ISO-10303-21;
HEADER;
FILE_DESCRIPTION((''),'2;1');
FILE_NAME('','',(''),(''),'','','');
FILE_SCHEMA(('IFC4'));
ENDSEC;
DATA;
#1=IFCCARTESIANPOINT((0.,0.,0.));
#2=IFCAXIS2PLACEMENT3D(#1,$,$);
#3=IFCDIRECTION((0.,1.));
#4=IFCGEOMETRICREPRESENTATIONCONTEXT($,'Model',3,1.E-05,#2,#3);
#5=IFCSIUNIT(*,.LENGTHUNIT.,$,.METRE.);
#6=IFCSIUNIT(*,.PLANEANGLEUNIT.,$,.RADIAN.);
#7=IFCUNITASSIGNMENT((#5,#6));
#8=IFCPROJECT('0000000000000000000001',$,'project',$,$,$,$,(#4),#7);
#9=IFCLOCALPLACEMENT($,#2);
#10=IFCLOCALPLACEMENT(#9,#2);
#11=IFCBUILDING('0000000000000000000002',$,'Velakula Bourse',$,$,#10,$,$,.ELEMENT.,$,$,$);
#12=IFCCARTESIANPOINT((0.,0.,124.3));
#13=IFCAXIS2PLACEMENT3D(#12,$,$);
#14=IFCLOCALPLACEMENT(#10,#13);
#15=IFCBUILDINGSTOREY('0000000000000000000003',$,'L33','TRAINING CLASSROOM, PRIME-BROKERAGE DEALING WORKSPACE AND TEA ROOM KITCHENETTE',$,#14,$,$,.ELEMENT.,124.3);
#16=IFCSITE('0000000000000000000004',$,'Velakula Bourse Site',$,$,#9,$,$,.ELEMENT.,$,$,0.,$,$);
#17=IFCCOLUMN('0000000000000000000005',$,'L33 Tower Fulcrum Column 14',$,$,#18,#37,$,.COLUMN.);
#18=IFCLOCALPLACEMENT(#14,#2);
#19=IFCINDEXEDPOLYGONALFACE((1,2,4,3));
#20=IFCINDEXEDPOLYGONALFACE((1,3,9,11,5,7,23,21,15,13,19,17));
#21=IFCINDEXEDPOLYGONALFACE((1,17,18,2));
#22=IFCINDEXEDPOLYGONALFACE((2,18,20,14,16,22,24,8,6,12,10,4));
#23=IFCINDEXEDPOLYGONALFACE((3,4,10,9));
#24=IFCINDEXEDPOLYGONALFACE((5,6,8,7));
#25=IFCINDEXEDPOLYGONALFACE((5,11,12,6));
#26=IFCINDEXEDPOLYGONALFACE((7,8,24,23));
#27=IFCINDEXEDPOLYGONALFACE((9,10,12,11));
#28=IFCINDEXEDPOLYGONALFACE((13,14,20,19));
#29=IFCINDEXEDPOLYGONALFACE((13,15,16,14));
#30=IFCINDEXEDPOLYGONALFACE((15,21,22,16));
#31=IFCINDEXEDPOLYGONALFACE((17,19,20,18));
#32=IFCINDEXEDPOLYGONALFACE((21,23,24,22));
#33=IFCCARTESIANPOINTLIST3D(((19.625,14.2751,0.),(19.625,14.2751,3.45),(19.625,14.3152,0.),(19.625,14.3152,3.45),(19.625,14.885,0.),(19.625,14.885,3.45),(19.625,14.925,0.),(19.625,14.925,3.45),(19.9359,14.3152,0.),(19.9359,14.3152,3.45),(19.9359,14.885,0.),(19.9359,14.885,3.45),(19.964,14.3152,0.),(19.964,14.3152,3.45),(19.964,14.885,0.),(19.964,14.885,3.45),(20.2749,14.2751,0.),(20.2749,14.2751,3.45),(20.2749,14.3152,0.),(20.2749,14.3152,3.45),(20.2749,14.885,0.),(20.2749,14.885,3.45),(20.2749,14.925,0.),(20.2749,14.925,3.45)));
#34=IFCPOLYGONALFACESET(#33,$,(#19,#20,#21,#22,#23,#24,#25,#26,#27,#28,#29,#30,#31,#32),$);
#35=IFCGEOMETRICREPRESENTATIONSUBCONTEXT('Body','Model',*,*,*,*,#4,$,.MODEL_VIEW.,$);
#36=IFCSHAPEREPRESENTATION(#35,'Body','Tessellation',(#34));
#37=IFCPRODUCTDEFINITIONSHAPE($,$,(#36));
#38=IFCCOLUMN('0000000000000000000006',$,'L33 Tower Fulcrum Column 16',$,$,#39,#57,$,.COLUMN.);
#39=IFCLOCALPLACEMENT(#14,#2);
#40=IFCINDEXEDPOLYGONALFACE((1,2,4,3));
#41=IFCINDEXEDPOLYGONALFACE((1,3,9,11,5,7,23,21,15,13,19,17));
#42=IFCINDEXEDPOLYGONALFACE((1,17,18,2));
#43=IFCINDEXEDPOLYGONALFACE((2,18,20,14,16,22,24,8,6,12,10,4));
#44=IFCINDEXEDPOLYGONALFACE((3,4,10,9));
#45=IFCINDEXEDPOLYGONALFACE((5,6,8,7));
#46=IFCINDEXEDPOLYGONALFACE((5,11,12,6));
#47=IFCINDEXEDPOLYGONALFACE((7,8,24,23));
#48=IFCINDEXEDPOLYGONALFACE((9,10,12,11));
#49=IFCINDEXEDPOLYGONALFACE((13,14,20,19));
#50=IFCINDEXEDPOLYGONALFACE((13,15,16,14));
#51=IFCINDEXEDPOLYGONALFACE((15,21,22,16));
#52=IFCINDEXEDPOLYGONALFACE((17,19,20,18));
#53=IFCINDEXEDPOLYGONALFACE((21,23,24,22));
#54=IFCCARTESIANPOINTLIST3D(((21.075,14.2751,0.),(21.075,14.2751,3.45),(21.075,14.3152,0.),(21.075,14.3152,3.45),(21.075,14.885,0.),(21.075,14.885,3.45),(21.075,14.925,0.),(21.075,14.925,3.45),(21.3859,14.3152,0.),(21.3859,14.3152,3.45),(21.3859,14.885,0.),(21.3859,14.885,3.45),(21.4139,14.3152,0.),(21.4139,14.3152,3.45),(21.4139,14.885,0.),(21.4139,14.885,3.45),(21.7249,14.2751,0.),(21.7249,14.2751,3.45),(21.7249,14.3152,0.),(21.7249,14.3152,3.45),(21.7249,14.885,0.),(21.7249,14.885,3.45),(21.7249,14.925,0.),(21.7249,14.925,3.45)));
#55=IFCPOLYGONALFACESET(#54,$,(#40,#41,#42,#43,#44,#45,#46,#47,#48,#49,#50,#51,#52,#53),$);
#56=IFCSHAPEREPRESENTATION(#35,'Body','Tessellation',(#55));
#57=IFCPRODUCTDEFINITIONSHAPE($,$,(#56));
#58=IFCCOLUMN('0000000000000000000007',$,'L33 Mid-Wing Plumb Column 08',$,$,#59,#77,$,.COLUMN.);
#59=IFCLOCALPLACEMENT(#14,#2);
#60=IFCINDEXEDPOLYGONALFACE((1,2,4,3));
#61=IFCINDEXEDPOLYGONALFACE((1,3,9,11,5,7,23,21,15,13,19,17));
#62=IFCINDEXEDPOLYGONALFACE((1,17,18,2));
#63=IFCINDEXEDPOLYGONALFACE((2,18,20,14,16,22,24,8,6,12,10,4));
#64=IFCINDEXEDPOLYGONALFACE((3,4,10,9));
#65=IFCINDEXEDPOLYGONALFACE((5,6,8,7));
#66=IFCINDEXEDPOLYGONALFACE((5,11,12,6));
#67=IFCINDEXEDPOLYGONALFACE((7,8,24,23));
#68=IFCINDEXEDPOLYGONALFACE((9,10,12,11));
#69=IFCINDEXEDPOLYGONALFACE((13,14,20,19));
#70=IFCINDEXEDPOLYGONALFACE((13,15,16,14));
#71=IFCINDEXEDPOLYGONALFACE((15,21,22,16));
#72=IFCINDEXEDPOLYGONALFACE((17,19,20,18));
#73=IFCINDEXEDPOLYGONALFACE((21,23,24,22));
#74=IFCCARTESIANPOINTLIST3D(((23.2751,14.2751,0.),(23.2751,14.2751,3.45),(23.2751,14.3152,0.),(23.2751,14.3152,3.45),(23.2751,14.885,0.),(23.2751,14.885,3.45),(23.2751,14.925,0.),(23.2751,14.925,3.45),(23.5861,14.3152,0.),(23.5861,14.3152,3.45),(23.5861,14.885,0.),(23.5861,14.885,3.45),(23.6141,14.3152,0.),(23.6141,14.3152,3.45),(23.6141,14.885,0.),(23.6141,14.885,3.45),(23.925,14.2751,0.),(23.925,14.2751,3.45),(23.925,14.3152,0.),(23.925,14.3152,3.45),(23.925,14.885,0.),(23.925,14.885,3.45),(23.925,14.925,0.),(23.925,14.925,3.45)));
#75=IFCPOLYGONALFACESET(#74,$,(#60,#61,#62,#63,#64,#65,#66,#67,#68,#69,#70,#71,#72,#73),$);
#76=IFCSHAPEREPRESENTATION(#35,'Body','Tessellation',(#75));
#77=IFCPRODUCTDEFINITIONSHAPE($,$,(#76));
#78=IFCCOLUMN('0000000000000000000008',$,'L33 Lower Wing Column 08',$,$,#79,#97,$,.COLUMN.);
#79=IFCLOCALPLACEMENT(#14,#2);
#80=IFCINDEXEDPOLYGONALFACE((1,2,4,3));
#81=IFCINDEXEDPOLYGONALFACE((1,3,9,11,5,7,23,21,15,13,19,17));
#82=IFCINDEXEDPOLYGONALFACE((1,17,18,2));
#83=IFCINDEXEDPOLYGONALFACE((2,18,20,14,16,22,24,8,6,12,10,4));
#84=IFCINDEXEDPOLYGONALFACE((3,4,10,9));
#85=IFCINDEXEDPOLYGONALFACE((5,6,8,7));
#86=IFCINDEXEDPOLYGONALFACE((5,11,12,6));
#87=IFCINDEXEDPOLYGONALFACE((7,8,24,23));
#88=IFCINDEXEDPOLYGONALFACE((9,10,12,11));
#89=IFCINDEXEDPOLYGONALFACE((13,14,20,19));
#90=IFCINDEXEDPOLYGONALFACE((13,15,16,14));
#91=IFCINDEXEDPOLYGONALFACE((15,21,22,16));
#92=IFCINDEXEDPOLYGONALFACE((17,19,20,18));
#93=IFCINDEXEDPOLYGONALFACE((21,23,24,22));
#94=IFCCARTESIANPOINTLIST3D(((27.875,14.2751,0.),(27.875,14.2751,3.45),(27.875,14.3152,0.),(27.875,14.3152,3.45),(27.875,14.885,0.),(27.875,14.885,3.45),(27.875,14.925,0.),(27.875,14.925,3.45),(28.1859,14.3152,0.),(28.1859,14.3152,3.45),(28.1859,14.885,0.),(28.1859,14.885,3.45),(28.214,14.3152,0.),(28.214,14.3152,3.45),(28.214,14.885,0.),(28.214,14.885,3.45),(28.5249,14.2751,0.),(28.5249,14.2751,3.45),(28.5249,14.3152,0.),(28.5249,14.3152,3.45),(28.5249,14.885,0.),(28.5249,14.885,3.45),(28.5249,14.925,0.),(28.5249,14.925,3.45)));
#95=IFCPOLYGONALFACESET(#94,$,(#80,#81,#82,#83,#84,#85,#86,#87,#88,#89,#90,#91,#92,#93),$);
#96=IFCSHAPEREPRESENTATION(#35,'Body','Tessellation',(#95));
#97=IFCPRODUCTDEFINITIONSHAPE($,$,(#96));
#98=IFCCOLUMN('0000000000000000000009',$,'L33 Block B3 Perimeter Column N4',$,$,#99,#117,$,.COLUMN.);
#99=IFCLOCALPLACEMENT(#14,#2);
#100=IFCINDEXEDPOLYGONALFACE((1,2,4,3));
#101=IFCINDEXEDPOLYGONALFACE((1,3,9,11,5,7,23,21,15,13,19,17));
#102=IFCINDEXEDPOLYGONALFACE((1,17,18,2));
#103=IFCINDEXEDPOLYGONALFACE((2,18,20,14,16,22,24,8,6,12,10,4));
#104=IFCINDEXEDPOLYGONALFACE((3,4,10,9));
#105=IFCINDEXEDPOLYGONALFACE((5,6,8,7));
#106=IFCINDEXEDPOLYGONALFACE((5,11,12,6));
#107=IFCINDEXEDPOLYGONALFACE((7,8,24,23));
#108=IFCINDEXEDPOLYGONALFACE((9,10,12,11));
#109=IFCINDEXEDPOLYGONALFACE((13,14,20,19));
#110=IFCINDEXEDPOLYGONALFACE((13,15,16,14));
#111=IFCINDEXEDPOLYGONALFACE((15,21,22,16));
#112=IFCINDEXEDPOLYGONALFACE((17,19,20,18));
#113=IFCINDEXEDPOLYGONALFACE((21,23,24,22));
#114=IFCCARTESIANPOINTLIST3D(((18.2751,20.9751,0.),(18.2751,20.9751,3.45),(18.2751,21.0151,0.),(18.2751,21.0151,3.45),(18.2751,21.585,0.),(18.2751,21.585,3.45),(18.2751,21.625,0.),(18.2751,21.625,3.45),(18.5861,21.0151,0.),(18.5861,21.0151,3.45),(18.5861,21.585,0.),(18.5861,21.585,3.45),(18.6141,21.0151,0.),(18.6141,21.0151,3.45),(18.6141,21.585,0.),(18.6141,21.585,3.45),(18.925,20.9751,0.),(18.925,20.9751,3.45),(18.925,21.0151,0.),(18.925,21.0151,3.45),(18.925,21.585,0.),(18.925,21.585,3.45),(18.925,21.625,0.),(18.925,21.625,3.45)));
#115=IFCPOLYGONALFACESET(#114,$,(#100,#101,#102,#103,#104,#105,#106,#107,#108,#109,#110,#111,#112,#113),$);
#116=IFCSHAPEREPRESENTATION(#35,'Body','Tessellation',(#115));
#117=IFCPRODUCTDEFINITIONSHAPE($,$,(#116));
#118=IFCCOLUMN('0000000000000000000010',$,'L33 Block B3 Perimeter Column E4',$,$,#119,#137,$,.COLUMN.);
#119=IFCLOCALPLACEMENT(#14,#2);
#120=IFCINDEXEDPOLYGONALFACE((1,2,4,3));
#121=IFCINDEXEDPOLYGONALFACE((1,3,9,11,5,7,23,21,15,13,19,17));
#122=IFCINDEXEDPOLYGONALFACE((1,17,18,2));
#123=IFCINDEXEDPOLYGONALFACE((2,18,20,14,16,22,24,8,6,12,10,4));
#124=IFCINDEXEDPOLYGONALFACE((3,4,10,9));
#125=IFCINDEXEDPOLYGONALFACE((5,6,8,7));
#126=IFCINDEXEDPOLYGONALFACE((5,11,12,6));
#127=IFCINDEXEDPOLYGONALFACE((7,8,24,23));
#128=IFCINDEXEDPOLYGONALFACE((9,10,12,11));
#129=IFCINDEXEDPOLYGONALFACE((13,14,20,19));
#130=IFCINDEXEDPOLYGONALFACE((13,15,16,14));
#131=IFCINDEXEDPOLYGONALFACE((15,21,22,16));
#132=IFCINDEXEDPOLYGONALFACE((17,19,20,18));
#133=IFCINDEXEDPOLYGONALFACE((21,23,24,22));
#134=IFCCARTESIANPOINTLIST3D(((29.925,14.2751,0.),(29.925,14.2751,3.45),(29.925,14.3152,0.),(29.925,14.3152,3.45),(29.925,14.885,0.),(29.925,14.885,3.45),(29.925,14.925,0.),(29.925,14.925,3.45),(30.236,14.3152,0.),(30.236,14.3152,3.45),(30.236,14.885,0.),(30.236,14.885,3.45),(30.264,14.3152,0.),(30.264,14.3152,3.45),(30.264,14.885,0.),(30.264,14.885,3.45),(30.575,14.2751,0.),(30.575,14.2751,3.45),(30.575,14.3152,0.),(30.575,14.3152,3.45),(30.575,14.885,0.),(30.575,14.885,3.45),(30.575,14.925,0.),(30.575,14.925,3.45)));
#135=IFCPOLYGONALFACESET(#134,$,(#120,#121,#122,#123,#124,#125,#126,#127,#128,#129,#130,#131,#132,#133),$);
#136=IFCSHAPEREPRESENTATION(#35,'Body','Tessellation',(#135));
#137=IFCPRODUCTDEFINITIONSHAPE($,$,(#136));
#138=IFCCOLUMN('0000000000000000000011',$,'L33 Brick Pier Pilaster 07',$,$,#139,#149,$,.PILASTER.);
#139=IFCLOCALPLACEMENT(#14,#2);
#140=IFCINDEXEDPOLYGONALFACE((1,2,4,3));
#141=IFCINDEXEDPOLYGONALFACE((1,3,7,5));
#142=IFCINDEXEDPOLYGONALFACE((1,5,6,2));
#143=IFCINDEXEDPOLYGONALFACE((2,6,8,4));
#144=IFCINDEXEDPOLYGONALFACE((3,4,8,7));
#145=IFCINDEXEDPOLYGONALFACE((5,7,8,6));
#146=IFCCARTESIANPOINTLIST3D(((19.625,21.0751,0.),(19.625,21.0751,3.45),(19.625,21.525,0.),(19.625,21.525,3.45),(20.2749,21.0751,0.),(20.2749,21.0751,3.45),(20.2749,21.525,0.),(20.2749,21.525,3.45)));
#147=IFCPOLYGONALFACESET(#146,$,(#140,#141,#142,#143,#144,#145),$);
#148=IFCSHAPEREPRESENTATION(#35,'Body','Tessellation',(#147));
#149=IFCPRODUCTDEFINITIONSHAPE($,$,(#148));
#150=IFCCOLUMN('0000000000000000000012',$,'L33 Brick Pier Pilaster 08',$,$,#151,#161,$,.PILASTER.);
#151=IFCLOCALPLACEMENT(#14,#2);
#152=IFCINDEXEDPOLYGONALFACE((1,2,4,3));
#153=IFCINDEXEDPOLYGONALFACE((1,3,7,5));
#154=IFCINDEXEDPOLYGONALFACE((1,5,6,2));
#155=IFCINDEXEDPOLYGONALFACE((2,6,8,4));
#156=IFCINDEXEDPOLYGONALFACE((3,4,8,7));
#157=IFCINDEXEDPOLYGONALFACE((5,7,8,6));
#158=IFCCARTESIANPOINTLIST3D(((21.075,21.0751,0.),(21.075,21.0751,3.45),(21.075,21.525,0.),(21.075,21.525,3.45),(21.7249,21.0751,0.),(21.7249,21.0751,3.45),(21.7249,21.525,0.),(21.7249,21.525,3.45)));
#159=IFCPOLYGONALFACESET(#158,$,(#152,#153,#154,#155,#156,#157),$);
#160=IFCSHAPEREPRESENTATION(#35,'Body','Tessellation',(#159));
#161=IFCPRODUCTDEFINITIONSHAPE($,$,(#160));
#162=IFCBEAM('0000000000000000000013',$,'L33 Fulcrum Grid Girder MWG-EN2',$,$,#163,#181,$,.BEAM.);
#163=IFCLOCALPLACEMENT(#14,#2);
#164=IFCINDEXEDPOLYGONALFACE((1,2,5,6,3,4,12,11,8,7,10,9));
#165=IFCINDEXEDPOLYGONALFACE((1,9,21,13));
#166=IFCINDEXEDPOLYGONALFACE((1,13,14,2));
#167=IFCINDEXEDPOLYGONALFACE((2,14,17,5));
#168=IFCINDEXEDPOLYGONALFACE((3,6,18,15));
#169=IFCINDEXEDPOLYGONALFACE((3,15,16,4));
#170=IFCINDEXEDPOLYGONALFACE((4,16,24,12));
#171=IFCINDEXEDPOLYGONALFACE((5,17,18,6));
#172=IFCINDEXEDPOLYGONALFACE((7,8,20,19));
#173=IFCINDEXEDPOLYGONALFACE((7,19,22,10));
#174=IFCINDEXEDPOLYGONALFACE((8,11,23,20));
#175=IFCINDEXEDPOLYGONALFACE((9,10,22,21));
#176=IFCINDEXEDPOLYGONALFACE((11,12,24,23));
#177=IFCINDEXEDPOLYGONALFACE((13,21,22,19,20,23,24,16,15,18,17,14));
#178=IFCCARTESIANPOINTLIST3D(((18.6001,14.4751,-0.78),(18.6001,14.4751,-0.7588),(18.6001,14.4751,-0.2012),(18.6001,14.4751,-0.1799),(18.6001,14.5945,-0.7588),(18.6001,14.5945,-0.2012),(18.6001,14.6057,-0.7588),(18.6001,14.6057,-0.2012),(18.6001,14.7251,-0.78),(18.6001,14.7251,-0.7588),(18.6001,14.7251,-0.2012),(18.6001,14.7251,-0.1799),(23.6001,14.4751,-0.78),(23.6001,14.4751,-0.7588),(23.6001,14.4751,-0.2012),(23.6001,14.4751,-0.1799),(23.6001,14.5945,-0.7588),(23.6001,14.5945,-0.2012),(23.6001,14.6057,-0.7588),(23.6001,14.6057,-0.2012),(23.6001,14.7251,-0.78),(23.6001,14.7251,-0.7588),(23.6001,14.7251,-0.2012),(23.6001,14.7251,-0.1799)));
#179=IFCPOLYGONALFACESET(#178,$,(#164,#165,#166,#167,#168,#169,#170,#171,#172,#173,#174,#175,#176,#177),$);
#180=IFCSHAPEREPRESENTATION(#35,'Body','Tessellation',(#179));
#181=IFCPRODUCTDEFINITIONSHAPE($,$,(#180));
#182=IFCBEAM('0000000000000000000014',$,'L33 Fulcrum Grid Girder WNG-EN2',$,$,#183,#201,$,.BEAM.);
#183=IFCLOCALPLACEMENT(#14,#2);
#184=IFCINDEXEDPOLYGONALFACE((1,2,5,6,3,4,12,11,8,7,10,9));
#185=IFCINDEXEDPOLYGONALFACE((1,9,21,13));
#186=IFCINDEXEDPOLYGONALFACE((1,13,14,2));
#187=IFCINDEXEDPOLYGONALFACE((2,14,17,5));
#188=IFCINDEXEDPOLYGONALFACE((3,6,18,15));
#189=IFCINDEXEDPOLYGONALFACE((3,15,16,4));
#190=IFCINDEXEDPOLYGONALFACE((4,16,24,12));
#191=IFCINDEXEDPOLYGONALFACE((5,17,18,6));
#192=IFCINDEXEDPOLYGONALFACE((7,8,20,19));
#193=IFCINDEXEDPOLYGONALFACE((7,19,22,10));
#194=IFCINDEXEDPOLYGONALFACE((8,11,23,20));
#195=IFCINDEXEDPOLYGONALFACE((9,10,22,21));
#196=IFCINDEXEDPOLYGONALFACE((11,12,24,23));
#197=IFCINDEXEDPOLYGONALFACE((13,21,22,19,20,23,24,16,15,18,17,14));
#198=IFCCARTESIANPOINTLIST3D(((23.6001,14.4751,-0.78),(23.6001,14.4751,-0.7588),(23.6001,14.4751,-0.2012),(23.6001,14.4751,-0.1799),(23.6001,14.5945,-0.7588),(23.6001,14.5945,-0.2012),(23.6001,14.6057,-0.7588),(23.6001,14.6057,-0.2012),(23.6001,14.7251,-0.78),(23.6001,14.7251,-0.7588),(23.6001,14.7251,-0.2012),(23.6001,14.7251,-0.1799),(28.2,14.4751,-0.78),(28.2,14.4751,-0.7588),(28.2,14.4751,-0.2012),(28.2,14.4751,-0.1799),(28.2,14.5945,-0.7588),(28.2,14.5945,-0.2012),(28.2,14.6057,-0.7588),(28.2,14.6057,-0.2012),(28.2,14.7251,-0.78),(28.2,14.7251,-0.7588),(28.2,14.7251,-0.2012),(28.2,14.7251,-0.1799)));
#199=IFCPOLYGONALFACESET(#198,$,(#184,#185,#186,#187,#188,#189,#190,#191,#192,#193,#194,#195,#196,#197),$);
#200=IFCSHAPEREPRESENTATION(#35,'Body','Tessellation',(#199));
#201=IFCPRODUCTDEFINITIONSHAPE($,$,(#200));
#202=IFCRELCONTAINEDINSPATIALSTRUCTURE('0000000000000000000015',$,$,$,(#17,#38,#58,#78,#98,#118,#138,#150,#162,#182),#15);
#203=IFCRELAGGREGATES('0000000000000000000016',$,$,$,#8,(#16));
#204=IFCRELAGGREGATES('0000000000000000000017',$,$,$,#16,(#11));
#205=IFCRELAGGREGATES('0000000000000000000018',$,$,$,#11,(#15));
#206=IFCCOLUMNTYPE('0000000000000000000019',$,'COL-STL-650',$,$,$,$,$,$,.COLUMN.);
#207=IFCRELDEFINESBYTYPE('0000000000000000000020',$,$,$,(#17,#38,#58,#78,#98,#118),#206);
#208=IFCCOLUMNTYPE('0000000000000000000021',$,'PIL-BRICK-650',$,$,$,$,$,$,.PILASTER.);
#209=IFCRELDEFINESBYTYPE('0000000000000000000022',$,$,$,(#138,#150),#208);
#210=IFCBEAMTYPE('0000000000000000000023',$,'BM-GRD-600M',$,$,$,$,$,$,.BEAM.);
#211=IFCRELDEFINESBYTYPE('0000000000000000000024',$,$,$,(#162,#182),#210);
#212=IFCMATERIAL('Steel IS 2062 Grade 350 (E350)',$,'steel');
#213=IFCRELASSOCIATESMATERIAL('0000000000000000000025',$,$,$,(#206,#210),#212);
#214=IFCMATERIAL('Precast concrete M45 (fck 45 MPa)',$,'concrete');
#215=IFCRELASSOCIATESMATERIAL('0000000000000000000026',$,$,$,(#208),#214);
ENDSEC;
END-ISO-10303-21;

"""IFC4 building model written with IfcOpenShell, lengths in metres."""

from ifc_helpers import new_model, si_unit, direction, frame, origin, origin_2d, place, context, subcontext, project, spatial, rectangle, i_section, extrude, material, material_profile, profile_set, type_object, element, save


model = new_model("IFC4")

# Units and contexts
model_context = context("Model", 3, precision=1e-05, world=origin(), true_north=direction((0.0, 1.0)))
body_context = subcontext(model_context, "Body", "Model", "MODEL_VIEW")
ifc_project = project(units=[si_unit("LENGTHUNIT", "METRE"), si_unit("PLANEANGLEUNIT", "RADIAN")], contexts=[model_context])

# Site, building, storey
site_placement = place(None, origin())
site = spatial("IfcSite", under=ifc_project, at=site_placement, Name="Velakula Bourse Site", CompositionType="ELEMENT", RefElevation=0.0)
building_placement = place(site_placement, origin())
building = spatial("IfcBuilding", under=site, at=building_placement, Name="Velakula Bourse", CompositionType="ELEMENT")
storey_placement = place(building_placement, frame((0.0, 0.0, 124.3)))
storey = spatial("IfcBuildingStorey", under=building, at=storey_placement, Name="L33", Description="TRAINING CLASSROOM, PRIME-BROKERAGE DEALING WORKSPACE AND TEA ROOM KITCHENETTE", CompositionType="ELEMENT", Elevation=124.3)

# Columns
ifc_material_1 = material(Name="Steel IS 2062 Grade 350 (E350)", Category="steel")
ifc_material_profile_1 = material_profile(ifc_material_1, i_section(OverallWidth=0.6499, OverallDepth=0.6499, WebThickness=0.0281, FlangeThickness=0.04, at=origin_2d()), Name="Steel IS 2062 Grade 350 (E350)")
ifc_profile_set_1 = profile_set([ifc_material_profile_1], Name="Steel IS 2062 Grade 350 (E350)")
column_type_1 = type_object("IfcColumnType", Name="COL-STL-650", PredefinedType="COLUMN", material=ifc_profile_set_1)
for number, where, z_axis, x_axis, name in (
    (1, (19.95, 14.6001, 0.0), (0.0, 0.0, 1.0), (1.0, 0.0, 0.0), "L33 Tower Fulcrum Column 14"),
    (2, (21.3999, 14.6001, 0.0), (0.0, 0.0, 1.0), (1.0, 0.0, 0.0), "L33 Tower Fulcrum Column 16"),
    (3, (23.6001, 14.6001, 0.0), (0.0, 0.0, 1.0), (1.0, 0.0, 0.0), "L33 Mid-Wing Plumb Column 08"),
    (4, (28.2, 14.6001, 0.0), (0.0, 0.0, 1.0), (1.0, 0.0, 0.0), "L33 Lower Wing Column 08"),
    (5, (18.6001, 21.3, 0.0), (0.0, 0.0, 1.0), (1.0, 0.0, 0.0), "L33 Block B3 Perimeter Column N4"),
    (6, (30.25, 14.6001, 0.0), (0.0, 0.0, 1.0), (1.0, 0.0, 0.0), "L33 Block B3 Perimeter Column E4"),
):
    element("IfcColumn", number, at=place(storey_placement, frame(where, z_axis=z_axis, x_axis=x_axis)), inside=storey, type_object=column_type_1, Name=name, PredefinedType="COLUMN", context=body_context, shape_type="SweptSolid", body=[
        extrude(i_section(OverallWidth=0.6499, OverallDepth=0.6499, WebThickness=0.0281, FlangeThickness=0.04, at=origin_2d()), origin(), (0.0, 0.0, 1.0), 3.45),
    ])
ifc_material_2 = material(Name="Precast concrete M45 (fck 45 MPa)", Category="concrete")
ifc_material_profile_2 = material_profile(ifc_material_2, rectangle(XDim=0.6499, YDim=0.45, at=origin_2d()), Name="Precast concrete M45 (fck 45 MPa)")
ifc_profile_set_2 = profile_set([ifc_material_profile_2], Name="Precast concrete M45 (fck 45 MPa)")
column_type_2 = type_object("IfcColumnType", Name="PIL-BRICK-650", PredefinedType="PILASTER", material=ifc_profile_set_2)
for number, where, z_axis, x_axis, name in (
    (7, (19.95, 21.3, 0.0), (0.0, 0.0, 1.0), (1.0, 0.0, 0.0), "L33 Brick Pier Pilaster 07"),
    (8, (21.3999, 21.3, 0.0), (0.0, 0.0, 1.0), (1.0, 0.0, 0.0), "L33 Brick Pier Pilaster 08"),
):
    element("IfcColumn", number, at=place(storey_placement, frame(where, z_axis=z_axis, x_axis=x_axis)), inside=storey, type_object=column_type_2, Name=name, PredefinedType="PILASTER", context=body_context, shape_type="SweptSolid", body=[
        extrude(rectangle(XDim=0.6499, YDim=0.45, at=origin_2d()), origin(), (0.0, 0.0, 1.0), 3.45),
    ])

# Beams
ifc_material_profile_3 = material_profile(ifc_material_1, i_section(OverallWidth=0.25, OverallDepth=0.6001, WebThickness=0.0112, FlangeThickness=0.0212, at=origin_2d()), Name="Steel IS 2062 Grade 350 (E350)")
ifc_profile_set_3 = profile_set([ifc_material_profile_3], Name="Steel IS 2062 Grade 350 (E350)")
beam_type_1 = type_object("IfcBeamType", Name="BM-GRD-600M", PredefinedType="BEAM", material=ifc_profile_set_3)
beam_1_placement = place(storey_placement, frame((18.6001, 14.6001, -0.48), z_axis=(1.0, 0.0, 0.0), x_axis=(0.0, 1.0, 0.0)))
element("IfcBeam", 9, at=beam_1_placement, inside=storey, type_object=beam_type_1, Name="L33 Fulcrum Grid Girder MWG-EN2", PredefinedType="BEAM", context=body_context, shape_type="SweptSolid", body=[
    extrude(i_section(OverallWidth=0.25, OverallDepth=0.6001, WebThickness=0.0112, FlangeThickness=0.0212, at=origin_2d()), origin(), (0.0, 0.0, 1.0), 5.0),
])
beam_2_placement = place(storey_placement, frame((23.6001, 14.6001, -0.48), z_axis=(1.0, 0.0, 0.0), x_axis=(0.0, 1.0, 0.0)))
element("IfcBeam", 10, at=beam_2_placement, inside=storey, type_object=beam_type_1, Name="L33 Fulcrum Grid Girder WNG-EN2", PredefinedType="BEAM", context=body_context, shape_type="SweptSolid", body=[
    extrude(i_section(OverallWidth=0.25, OverallDepth=0.6001, WebThickness=0.0112, FlangeThickness=0.0212, at=origin_2d()), origin(), (0.0, 0.0, 1.0), 4.5999),
])

save(model, "model.ifc")
